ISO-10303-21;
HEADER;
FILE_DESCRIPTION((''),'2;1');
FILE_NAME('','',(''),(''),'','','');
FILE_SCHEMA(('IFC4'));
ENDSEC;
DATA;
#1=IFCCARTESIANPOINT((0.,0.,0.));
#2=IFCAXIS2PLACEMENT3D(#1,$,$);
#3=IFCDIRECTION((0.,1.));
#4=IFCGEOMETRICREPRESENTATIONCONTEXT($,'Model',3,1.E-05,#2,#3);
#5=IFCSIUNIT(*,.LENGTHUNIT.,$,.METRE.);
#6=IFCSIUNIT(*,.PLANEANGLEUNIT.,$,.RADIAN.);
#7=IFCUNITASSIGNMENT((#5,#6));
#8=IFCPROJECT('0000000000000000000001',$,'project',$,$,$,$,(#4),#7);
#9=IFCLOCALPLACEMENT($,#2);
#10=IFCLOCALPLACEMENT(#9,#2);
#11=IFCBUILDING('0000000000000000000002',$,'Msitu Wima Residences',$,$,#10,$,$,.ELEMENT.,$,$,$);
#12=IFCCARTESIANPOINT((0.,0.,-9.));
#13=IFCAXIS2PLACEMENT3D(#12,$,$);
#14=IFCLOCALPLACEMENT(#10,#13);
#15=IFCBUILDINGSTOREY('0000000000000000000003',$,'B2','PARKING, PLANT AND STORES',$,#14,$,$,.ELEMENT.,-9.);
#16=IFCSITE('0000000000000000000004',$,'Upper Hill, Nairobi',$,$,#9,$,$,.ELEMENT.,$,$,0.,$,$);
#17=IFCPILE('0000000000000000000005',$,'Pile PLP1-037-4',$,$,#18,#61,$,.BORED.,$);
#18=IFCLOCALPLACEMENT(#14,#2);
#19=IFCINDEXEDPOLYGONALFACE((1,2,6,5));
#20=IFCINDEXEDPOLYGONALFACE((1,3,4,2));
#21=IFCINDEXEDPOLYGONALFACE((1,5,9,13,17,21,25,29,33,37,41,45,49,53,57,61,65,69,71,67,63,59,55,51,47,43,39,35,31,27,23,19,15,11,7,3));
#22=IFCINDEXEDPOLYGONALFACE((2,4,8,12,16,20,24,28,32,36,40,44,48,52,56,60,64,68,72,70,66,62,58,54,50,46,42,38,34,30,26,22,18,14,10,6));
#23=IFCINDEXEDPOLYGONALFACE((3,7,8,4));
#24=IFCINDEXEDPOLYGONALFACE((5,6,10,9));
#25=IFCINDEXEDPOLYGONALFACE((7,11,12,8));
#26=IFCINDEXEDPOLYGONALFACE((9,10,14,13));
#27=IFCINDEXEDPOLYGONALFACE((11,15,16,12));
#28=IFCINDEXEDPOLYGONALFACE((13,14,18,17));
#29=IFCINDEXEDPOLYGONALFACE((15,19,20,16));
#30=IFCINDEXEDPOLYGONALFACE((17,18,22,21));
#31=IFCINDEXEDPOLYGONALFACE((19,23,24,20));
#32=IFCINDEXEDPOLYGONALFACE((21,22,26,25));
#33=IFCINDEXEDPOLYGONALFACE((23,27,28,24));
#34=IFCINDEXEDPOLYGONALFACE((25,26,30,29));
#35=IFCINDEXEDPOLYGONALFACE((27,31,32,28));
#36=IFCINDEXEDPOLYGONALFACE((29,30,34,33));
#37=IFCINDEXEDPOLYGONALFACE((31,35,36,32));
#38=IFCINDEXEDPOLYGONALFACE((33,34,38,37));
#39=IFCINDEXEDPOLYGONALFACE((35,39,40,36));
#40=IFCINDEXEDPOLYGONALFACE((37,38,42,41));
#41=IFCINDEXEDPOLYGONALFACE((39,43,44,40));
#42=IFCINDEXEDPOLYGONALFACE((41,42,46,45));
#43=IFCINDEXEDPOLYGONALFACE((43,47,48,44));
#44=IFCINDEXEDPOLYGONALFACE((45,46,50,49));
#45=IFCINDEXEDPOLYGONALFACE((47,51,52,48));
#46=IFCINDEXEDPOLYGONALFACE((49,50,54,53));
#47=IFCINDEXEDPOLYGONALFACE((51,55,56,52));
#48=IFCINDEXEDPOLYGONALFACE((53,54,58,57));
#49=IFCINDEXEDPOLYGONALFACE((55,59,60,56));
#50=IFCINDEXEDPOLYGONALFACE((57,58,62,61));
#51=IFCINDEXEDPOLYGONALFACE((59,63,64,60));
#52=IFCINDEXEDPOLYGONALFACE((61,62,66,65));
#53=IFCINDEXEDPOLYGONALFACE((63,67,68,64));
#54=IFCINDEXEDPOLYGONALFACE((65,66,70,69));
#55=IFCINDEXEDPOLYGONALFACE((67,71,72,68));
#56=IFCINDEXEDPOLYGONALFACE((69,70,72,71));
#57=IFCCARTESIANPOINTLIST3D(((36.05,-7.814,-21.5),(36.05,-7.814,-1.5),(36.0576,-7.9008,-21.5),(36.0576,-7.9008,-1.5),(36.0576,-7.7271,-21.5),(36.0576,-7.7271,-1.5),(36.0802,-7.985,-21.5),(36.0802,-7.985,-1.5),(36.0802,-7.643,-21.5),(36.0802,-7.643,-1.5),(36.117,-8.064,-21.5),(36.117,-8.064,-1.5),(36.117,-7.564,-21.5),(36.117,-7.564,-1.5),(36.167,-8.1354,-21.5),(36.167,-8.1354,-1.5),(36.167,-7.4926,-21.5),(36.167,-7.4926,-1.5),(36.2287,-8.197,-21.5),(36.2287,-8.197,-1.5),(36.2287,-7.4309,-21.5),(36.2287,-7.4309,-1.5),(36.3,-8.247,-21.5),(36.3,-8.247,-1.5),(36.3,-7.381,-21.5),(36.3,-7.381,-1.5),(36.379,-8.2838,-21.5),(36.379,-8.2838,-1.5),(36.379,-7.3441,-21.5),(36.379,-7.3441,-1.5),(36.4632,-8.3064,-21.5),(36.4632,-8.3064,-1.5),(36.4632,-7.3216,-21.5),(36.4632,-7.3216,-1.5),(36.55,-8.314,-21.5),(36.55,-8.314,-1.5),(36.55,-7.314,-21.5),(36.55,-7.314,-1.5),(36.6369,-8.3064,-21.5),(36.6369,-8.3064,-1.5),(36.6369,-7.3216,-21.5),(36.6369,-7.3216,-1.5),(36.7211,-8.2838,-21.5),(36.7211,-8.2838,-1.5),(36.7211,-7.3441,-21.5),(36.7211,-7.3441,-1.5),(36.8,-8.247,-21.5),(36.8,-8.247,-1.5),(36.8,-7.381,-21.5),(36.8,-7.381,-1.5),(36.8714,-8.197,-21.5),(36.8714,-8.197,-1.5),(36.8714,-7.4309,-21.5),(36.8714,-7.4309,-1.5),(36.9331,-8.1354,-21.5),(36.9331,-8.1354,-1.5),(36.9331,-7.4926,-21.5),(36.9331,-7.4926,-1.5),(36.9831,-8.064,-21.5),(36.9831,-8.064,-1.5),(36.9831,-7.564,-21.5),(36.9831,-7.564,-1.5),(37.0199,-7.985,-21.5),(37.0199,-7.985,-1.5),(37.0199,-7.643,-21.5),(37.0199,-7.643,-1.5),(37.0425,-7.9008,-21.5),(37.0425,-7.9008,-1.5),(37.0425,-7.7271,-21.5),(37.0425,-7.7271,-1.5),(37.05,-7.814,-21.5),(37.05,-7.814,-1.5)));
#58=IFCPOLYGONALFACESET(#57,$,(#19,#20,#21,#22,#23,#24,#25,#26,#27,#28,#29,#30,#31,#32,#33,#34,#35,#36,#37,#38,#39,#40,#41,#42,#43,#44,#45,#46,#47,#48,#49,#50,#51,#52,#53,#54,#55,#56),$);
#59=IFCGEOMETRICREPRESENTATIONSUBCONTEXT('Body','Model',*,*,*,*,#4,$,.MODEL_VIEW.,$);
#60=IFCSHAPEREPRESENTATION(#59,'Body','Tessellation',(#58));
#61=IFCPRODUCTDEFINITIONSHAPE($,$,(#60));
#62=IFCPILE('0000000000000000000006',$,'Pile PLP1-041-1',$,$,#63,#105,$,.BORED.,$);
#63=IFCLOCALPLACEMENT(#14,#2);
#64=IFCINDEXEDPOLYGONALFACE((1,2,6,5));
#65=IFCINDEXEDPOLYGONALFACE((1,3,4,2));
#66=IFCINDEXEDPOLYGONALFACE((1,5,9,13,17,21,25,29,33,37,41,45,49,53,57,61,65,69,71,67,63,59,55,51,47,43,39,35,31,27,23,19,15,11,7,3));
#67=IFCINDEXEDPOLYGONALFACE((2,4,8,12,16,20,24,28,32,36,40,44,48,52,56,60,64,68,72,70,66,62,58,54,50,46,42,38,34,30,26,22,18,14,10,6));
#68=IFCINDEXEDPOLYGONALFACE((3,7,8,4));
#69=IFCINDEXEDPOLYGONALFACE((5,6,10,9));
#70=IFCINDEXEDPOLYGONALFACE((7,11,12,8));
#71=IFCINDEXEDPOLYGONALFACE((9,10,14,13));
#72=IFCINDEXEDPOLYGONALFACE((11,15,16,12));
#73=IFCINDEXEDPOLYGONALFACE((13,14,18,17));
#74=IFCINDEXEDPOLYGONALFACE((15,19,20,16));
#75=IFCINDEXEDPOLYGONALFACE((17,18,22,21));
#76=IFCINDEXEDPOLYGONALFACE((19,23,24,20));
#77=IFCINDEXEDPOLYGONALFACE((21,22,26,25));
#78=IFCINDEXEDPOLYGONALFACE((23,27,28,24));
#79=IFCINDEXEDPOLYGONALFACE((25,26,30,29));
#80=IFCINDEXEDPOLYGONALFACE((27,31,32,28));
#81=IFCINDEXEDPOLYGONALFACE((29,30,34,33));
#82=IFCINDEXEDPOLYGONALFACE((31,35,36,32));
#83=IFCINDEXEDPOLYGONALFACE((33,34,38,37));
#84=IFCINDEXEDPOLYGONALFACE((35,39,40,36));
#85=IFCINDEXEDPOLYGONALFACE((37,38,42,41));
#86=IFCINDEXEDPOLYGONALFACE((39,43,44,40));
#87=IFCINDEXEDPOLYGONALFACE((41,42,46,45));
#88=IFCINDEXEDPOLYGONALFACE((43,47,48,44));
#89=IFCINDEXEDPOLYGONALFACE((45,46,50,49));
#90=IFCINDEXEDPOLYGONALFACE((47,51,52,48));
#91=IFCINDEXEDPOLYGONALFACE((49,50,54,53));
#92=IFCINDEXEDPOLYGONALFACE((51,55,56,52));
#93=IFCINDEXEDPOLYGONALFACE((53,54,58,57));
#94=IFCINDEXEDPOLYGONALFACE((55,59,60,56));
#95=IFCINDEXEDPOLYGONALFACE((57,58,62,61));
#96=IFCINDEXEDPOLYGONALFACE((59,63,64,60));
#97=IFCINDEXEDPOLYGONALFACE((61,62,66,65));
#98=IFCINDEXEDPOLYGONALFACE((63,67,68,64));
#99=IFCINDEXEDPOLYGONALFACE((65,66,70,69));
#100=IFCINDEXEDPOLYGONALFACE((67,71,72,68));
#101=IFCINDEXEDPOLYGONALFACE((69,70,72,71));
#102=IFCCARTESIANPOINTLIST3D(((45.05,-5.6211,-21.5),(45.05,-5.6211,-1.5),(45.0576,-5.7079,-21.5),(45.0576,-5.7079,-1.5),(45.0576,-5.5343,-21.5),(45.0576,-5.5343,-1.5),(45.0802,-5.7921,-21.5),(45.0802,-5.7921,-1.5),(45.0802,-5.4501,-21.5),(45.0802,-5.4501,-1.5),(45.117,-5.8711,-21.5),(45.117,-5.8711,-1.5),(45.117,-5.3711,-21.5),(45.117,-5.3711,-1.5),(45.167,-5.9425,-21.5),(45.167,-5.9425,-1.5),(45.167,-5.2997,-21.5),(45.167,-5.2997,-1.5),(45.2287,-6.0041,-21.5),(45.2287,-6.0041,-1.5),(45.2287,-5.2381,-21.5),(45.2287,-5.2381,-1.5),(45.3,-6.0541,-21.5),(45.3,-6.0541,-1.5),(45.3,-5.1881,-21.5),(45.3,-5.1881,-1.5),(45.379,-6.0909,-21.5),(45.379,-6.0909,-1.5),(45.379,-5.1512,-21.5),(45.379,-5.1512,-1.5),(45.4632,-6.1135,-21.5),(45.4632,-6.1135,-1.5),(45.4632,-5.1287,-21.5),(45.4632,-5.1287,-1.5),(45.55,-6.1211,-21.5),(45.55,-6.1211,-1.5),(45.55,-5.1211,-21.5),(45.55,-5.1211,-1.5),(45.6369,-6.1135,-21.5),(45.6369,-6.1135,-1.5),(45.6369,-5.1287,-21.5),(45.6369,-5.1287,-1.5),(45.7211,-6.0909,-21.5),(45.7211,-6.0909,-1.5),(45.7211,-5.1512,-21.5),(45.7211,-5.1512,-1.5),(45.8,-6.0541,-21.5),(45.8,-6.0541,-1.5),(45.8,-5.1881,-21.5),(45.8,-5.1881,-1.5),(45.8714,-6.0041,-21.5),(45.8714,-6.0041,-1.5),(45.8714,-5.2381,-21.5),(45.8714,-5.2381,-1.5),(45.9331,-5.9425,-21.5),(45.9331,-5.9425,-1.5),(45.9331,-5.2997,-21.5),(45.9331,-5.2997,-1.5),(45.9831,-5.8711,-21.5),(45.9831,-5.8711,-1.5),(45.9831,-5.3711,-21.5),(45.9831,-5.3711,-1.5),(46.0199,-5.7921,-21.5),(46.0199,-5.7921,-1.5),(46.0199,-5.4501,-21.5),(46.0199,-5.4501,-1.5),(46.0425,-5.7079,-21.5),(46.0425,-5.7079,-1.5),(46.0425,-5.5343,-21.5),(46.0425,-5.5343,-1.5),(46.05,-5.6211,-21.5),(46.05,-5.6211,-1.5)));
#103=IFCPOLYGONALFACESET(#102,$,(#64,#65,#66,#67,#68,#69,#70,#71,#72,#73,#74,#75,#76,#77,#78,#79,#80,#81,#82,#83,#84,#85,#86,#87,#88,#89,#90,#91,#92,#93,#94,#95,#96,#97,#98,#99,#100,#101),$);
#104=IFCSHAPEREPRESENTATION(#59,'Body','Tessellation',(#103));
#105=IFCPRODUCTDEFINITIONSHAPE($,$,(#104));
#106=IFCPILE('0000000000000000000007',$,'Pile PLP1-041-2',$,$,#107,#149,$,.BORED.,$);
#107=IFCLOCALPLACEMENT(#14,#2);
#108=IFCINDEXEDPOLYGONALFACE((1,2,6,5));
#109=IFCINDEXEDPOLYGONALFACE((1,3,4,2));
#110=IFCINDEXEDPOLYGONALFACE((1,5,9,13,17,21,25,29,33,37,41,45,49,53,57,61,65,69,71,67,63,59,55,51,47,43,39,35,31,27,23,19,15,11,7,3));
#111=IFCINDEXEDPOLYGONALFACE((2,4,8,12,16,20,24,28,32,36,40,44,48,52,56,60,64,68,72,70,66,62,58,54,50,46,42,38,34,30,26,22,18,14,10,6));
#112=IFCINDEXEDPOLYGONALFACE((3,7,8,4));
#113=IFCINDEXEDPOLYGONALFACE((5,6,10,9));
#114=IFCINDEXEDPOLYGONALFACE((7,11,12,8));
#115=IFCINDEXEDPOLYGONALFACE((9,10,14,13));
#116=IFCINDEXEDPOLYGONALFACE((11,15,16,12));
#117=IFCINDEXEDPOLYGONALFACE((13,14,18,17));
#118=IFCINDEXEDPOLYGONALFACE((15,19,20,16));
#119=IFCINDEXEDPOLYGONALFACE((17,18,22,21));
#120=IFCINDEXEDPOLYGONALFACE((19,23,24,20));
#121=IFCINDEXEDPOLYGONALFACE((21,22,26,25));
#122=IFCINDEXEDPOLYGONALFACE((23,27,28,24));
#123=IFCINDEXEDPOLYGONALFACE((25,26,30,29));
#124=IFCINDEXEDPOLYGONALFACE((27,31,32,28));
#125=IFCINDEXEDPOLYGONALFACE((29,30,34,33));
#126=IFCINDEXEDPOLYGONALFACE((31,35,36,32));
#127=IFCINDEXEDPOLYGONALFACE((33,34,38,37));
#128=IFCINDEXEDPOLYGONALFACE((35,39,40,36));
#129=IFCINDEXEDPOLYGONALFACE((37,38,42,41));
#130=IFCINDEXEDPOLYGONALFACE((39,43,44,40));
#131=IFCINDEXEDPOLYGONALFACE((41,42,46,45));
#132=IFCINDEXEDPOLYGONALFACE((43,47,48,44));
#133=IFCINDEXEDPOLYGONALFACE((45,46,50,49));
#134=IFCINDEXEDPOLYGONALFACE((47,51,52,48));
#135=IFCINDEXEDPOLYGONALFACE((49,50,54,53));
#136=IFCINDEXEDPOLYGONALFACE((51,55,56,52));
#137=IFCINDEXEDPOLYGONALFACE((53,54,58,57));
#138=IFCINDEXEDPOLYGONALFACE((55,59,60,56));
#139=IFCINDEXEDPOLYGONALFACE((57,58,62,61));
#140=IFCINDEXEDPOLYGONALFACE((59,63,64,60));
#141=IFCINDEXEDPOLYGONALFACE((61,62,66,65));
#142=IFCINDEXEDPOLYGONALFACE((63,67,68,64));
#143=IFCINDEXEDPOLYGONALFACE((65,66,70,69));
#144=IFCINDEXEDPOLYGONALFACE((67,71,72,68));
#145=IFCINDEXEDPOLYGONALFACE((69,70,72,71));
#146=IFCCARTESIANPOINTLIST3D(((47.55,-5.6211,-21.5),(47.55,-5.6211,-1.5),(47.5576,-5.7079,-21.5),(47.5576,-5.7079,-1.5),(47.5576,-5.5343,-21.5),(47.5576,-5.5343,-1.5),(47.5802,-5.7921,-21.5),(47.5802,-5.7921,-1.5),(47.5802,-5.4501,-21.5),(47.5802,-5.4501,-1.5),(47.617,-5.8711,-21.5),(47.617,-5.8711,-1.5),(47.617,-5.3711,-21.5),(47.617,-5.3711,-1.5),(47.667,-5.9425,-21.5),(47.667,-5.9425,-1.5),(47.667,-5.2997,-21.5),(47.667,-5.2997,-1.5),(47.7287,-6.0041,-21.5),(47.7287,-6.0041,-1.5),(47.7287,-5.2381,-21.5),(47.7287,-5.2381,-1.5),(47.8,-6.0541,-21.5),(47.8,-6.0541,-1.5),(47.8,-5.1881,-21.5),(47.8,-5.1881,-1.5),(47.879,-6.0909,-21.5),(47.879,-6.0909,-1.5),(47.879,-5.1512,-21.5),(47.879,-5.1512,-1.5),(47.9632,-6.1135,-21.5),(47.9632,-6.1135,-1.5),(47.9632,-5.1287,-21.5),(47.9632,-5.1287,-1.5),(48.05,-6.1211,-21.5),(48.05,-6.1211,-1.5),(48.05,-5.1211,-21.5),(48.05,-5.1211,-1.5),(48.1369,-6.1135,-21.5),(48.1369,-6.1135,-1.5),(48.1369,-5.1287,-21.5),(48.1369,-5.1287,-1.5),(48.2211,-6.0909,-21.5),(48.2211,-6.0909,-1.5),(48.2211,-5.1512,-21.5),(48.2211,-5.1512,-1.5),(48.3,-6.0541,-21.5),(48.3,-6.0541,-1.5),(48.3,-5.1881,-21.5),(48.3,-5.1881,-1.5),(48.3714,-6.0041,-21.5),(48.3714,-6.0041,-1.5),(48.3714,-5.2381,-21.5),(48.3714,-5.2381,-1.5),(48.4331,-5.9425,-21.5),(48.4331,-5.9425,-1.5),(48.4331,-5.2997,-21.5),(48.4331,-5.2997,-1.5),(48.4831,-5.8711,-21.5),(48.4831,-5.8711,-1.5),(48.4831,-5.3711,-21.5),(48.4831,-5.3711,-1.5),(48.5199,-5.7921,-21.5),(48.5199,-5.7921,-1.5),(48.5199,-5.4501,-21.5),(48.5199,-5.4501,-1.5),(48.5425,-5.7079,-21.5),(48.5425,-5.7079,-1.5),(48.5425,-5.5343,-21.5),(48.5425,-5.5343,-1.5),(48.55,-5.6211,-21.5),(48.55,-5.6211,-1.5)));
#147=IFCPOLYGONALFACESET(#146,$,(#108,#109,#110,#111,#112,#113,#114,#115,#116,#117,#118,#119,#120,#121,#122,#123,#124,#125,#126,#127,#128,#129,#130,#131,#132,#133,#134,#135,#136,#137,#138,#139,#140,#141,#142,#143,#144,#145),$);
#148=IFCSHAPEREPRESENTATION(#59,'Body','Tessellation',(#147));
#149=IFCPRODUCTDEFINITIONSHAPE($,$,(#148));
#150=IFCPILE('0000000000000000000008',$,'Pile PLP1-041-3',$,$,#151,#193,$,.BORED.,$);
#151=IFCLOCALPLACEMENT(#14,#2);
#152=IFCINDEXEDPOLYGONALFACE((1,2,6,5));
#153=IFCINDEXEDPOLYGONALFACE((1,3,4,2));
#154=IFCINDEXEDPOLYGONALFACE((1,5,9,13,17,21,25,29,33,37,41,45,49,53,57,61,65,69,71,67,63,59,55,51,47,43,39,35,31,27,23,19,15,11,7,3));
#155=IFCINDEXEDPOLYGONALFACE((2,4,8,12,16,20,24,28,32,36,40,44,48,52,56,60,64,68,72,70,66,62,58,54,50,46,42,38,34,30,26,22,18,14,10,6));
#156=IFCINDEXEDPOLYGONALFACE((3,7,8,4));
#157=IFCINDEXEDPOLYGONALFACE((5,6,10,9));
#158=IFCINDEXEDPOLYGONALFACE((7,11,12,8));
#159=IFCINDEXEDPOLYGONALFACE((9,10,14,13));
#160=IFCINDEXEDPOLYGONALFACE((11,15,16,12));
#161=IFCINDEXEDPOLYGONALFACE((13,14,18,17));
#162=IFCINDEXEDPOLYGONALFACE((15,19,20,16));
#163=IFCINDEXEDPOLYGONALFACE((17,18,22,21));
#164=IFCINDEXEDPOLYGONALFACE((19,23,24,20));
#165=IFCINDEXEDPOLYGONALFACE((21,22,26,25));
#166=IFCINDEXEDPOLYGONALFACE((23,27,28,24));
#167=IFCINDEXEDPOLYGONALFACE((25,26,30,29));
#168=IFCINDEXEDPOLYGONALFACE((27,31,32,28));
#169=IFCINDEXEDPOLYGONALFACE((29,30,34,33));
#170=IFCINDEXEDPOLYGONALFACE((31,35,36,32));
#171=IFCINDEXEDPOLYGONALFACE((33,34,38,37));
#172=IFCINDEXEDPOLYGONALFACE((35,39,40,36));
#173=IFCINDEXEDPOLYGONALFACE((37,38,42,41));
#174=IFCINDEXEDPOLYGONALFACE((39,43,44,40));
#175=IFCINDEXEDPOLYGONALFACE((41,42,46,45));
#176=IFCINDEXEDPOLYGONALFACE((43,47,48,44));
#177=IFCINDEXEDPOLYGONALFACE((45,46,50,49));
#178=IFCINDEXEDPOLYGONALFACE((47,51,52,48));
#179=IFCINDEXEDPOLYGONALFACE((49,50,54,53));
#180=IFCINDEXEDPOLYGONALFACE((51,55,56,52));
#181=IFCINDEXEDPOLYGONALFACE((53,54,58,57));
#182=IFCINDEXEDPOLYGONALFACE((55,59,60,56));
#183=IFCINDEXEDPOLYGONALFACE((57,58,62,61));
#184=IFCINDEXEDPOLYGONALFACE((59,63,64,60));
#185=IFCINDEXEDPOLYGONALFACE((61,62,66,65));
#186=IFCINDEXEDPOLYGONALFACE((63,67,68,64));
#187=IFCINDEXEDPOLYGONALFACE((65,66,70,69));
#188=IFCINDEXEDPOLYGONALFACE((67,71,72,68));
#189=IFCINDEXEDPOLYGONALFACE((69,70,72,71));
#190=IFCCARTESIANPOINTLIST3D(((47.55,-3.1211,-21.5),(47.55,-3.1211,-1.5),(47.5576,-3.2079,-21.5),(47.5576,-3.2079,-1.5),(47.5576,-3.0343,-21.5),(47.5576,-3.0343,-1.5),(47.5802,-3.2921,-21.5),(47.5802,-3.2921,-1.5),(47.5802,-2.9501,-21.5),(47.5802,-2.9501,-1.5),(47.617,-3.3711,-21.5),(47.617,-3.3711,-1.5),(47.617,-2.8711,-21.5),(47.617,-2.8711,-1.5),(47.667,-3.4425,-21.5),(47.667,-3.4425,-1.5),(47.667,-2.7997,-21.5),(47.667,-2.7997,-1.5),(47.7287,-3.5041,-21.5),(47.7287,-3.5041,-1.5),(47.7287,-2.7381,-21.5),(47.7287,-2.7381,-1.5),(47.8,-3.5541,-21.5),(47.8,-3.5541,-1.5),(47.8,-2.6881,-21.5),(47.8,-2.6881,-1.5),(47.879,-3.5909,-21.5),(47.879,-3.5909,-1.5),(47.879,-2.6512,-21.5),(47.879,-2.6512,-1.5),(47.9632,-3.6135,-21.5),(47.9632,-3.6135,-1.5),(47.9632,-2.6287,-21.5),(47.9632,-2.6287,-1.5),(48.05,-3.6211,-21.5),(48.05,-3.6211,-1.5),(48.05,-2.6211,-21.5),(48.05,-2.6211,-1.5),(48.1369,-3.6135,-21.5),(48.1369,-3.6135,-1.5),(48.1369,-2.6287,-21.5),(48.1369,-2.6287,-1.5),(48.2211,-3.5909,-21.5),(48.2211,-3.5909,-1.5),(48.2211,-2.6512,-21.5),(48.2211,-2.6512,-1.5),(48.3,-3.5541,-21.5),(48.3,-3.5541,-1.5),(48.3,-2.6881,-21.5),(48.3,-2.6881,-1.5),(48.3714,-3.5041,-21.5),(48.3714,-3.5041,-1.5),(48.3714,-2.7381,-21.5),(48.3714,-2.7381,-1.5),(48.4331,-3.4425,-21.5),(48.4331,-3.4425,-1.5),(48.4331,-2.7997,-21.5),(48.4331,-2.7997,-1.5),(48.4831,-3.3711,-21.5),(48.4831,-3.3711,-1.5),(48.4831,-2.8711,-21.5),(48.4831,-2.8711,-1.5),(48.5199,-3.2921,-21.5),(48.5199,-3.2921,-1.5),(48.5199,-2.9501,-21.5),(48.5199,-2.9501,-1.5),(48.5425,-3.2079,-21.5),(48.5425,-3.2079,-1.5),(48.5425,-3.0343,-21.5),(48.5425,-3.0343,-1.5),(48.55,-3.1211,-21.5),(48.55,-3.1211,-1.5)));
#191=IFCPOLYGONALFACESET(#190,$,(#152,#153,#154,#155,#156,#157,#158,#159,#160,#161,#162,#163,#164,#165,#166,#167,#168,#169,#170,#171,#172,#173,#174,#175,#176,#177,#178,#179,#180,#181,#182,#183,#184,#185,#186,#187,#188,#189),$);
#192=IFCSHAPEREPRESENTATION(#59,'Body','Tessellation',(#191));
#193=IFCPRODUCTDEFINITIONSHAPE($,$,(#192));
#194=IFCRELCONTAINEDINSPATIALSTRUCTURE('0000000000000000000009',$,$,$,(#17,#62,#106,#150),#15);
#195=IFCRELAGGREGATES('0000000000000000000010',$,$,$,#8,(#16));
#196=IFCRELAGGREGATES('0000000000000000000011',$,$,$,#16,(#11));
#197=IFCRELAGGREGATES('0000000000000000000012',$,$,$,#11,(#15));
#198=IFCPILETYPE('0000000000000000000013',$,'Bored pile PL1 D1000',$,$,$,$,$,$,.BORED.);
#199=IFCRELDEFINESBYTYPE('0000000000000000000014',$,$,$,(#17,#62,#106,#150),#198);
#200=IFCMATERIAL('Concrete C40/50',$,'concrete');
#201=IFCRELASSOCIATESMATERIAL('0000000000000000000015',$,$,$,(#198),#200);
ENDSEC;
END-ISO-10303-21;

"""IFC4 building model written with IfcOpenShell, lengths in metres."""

from ifc_helpers import new_model, si_unit, direction, frame, origin, origin_2d, place, context, subcontext, project, spatial, circle, extrude, material, type_object, element, save


model = new_model("IFC4")

# Units and contexts
model_context = context("Model", 3, precision=1e-05, world=origin(), true_north=direction((0.0, 1.0)))
body_context = subcontext(model_context, "Body", "Model", "MODEL_VIEW")
ifc_project = project(units=[si_unit("LENGTHUNIT", "METRE"), si_unit("PLANEANGLEUNIT", "RADIAN")], contexts=[model_context])

# Site, building, storey
site_placement = place(None, origin())
site = spatial("IfcSite", under=ifc_project, at=site_placement, Name="Upper Hill, Nairobi", CompositionType="ELEMENT", RefElevation=0.0)
building_placement = place(site_placement, origin())
building = spatial("IfcBuilding", under=site, at=building_placement, Name="Msitu Wima Residences", CompositionType="ELEMENT")
storey_placement = place(building_placement, frame((0.0, 0.0, -9.0)))
storey = spatial("IfcBuildingStorey", under=building, at=storey_placement, Name="B2", Description="PARKING, PLANT AND STORES", CompositionType="ELEMENT", Elevation=-9.0)

# Piles
ifc_material_1 = material(Name="Concrete C40/50", Category="concrete")
pile_type_1 = type_object("IfcPileType", Name="Bored pile PL1 D1000", PredefinedType="BORED", material=ifc_material_1)
for number, where, z_axis, x_axis, name in (
    (1, (36.55, -7.814, -1.5), (0.0, 0.0, -1.0), (1.0, 0.0, 0.0), "Pile PLP1-037-4"),
    (2, (45.55, -5.6211, -1.5), (0.0, 0.0, -1.0), (1.0, 0.0, 0.0), "Pile PLP1-041-1"),
    (3, (48.05, -5.6211, -1.5), (0.0, 0.0, -1.0), (1.0, 0.0, 0.0), "Pile PLP1-041-2"),
    (4, (48.05, -3.1211, -1.5), (0.0, 0.0, -1.0), (1.0, 0.0, 0.0), "Pile PLP1-041-3"),
):
    element("IfcPile", number, at=place(storey_placement, frame(where, z_axis=z_axis, x_axis=x_axis)), inside=storey, type_object=pile_type_1, Name=name, PredefinedType="BORED", context=body_context, shape_type="SweptSolid", body=[
        extrude(circle(Radius=0.5, at=origin_2d()), origin(), (0.0, 0.0, 1.0), 20.0),
    ])

save(model, "model.ifc")
